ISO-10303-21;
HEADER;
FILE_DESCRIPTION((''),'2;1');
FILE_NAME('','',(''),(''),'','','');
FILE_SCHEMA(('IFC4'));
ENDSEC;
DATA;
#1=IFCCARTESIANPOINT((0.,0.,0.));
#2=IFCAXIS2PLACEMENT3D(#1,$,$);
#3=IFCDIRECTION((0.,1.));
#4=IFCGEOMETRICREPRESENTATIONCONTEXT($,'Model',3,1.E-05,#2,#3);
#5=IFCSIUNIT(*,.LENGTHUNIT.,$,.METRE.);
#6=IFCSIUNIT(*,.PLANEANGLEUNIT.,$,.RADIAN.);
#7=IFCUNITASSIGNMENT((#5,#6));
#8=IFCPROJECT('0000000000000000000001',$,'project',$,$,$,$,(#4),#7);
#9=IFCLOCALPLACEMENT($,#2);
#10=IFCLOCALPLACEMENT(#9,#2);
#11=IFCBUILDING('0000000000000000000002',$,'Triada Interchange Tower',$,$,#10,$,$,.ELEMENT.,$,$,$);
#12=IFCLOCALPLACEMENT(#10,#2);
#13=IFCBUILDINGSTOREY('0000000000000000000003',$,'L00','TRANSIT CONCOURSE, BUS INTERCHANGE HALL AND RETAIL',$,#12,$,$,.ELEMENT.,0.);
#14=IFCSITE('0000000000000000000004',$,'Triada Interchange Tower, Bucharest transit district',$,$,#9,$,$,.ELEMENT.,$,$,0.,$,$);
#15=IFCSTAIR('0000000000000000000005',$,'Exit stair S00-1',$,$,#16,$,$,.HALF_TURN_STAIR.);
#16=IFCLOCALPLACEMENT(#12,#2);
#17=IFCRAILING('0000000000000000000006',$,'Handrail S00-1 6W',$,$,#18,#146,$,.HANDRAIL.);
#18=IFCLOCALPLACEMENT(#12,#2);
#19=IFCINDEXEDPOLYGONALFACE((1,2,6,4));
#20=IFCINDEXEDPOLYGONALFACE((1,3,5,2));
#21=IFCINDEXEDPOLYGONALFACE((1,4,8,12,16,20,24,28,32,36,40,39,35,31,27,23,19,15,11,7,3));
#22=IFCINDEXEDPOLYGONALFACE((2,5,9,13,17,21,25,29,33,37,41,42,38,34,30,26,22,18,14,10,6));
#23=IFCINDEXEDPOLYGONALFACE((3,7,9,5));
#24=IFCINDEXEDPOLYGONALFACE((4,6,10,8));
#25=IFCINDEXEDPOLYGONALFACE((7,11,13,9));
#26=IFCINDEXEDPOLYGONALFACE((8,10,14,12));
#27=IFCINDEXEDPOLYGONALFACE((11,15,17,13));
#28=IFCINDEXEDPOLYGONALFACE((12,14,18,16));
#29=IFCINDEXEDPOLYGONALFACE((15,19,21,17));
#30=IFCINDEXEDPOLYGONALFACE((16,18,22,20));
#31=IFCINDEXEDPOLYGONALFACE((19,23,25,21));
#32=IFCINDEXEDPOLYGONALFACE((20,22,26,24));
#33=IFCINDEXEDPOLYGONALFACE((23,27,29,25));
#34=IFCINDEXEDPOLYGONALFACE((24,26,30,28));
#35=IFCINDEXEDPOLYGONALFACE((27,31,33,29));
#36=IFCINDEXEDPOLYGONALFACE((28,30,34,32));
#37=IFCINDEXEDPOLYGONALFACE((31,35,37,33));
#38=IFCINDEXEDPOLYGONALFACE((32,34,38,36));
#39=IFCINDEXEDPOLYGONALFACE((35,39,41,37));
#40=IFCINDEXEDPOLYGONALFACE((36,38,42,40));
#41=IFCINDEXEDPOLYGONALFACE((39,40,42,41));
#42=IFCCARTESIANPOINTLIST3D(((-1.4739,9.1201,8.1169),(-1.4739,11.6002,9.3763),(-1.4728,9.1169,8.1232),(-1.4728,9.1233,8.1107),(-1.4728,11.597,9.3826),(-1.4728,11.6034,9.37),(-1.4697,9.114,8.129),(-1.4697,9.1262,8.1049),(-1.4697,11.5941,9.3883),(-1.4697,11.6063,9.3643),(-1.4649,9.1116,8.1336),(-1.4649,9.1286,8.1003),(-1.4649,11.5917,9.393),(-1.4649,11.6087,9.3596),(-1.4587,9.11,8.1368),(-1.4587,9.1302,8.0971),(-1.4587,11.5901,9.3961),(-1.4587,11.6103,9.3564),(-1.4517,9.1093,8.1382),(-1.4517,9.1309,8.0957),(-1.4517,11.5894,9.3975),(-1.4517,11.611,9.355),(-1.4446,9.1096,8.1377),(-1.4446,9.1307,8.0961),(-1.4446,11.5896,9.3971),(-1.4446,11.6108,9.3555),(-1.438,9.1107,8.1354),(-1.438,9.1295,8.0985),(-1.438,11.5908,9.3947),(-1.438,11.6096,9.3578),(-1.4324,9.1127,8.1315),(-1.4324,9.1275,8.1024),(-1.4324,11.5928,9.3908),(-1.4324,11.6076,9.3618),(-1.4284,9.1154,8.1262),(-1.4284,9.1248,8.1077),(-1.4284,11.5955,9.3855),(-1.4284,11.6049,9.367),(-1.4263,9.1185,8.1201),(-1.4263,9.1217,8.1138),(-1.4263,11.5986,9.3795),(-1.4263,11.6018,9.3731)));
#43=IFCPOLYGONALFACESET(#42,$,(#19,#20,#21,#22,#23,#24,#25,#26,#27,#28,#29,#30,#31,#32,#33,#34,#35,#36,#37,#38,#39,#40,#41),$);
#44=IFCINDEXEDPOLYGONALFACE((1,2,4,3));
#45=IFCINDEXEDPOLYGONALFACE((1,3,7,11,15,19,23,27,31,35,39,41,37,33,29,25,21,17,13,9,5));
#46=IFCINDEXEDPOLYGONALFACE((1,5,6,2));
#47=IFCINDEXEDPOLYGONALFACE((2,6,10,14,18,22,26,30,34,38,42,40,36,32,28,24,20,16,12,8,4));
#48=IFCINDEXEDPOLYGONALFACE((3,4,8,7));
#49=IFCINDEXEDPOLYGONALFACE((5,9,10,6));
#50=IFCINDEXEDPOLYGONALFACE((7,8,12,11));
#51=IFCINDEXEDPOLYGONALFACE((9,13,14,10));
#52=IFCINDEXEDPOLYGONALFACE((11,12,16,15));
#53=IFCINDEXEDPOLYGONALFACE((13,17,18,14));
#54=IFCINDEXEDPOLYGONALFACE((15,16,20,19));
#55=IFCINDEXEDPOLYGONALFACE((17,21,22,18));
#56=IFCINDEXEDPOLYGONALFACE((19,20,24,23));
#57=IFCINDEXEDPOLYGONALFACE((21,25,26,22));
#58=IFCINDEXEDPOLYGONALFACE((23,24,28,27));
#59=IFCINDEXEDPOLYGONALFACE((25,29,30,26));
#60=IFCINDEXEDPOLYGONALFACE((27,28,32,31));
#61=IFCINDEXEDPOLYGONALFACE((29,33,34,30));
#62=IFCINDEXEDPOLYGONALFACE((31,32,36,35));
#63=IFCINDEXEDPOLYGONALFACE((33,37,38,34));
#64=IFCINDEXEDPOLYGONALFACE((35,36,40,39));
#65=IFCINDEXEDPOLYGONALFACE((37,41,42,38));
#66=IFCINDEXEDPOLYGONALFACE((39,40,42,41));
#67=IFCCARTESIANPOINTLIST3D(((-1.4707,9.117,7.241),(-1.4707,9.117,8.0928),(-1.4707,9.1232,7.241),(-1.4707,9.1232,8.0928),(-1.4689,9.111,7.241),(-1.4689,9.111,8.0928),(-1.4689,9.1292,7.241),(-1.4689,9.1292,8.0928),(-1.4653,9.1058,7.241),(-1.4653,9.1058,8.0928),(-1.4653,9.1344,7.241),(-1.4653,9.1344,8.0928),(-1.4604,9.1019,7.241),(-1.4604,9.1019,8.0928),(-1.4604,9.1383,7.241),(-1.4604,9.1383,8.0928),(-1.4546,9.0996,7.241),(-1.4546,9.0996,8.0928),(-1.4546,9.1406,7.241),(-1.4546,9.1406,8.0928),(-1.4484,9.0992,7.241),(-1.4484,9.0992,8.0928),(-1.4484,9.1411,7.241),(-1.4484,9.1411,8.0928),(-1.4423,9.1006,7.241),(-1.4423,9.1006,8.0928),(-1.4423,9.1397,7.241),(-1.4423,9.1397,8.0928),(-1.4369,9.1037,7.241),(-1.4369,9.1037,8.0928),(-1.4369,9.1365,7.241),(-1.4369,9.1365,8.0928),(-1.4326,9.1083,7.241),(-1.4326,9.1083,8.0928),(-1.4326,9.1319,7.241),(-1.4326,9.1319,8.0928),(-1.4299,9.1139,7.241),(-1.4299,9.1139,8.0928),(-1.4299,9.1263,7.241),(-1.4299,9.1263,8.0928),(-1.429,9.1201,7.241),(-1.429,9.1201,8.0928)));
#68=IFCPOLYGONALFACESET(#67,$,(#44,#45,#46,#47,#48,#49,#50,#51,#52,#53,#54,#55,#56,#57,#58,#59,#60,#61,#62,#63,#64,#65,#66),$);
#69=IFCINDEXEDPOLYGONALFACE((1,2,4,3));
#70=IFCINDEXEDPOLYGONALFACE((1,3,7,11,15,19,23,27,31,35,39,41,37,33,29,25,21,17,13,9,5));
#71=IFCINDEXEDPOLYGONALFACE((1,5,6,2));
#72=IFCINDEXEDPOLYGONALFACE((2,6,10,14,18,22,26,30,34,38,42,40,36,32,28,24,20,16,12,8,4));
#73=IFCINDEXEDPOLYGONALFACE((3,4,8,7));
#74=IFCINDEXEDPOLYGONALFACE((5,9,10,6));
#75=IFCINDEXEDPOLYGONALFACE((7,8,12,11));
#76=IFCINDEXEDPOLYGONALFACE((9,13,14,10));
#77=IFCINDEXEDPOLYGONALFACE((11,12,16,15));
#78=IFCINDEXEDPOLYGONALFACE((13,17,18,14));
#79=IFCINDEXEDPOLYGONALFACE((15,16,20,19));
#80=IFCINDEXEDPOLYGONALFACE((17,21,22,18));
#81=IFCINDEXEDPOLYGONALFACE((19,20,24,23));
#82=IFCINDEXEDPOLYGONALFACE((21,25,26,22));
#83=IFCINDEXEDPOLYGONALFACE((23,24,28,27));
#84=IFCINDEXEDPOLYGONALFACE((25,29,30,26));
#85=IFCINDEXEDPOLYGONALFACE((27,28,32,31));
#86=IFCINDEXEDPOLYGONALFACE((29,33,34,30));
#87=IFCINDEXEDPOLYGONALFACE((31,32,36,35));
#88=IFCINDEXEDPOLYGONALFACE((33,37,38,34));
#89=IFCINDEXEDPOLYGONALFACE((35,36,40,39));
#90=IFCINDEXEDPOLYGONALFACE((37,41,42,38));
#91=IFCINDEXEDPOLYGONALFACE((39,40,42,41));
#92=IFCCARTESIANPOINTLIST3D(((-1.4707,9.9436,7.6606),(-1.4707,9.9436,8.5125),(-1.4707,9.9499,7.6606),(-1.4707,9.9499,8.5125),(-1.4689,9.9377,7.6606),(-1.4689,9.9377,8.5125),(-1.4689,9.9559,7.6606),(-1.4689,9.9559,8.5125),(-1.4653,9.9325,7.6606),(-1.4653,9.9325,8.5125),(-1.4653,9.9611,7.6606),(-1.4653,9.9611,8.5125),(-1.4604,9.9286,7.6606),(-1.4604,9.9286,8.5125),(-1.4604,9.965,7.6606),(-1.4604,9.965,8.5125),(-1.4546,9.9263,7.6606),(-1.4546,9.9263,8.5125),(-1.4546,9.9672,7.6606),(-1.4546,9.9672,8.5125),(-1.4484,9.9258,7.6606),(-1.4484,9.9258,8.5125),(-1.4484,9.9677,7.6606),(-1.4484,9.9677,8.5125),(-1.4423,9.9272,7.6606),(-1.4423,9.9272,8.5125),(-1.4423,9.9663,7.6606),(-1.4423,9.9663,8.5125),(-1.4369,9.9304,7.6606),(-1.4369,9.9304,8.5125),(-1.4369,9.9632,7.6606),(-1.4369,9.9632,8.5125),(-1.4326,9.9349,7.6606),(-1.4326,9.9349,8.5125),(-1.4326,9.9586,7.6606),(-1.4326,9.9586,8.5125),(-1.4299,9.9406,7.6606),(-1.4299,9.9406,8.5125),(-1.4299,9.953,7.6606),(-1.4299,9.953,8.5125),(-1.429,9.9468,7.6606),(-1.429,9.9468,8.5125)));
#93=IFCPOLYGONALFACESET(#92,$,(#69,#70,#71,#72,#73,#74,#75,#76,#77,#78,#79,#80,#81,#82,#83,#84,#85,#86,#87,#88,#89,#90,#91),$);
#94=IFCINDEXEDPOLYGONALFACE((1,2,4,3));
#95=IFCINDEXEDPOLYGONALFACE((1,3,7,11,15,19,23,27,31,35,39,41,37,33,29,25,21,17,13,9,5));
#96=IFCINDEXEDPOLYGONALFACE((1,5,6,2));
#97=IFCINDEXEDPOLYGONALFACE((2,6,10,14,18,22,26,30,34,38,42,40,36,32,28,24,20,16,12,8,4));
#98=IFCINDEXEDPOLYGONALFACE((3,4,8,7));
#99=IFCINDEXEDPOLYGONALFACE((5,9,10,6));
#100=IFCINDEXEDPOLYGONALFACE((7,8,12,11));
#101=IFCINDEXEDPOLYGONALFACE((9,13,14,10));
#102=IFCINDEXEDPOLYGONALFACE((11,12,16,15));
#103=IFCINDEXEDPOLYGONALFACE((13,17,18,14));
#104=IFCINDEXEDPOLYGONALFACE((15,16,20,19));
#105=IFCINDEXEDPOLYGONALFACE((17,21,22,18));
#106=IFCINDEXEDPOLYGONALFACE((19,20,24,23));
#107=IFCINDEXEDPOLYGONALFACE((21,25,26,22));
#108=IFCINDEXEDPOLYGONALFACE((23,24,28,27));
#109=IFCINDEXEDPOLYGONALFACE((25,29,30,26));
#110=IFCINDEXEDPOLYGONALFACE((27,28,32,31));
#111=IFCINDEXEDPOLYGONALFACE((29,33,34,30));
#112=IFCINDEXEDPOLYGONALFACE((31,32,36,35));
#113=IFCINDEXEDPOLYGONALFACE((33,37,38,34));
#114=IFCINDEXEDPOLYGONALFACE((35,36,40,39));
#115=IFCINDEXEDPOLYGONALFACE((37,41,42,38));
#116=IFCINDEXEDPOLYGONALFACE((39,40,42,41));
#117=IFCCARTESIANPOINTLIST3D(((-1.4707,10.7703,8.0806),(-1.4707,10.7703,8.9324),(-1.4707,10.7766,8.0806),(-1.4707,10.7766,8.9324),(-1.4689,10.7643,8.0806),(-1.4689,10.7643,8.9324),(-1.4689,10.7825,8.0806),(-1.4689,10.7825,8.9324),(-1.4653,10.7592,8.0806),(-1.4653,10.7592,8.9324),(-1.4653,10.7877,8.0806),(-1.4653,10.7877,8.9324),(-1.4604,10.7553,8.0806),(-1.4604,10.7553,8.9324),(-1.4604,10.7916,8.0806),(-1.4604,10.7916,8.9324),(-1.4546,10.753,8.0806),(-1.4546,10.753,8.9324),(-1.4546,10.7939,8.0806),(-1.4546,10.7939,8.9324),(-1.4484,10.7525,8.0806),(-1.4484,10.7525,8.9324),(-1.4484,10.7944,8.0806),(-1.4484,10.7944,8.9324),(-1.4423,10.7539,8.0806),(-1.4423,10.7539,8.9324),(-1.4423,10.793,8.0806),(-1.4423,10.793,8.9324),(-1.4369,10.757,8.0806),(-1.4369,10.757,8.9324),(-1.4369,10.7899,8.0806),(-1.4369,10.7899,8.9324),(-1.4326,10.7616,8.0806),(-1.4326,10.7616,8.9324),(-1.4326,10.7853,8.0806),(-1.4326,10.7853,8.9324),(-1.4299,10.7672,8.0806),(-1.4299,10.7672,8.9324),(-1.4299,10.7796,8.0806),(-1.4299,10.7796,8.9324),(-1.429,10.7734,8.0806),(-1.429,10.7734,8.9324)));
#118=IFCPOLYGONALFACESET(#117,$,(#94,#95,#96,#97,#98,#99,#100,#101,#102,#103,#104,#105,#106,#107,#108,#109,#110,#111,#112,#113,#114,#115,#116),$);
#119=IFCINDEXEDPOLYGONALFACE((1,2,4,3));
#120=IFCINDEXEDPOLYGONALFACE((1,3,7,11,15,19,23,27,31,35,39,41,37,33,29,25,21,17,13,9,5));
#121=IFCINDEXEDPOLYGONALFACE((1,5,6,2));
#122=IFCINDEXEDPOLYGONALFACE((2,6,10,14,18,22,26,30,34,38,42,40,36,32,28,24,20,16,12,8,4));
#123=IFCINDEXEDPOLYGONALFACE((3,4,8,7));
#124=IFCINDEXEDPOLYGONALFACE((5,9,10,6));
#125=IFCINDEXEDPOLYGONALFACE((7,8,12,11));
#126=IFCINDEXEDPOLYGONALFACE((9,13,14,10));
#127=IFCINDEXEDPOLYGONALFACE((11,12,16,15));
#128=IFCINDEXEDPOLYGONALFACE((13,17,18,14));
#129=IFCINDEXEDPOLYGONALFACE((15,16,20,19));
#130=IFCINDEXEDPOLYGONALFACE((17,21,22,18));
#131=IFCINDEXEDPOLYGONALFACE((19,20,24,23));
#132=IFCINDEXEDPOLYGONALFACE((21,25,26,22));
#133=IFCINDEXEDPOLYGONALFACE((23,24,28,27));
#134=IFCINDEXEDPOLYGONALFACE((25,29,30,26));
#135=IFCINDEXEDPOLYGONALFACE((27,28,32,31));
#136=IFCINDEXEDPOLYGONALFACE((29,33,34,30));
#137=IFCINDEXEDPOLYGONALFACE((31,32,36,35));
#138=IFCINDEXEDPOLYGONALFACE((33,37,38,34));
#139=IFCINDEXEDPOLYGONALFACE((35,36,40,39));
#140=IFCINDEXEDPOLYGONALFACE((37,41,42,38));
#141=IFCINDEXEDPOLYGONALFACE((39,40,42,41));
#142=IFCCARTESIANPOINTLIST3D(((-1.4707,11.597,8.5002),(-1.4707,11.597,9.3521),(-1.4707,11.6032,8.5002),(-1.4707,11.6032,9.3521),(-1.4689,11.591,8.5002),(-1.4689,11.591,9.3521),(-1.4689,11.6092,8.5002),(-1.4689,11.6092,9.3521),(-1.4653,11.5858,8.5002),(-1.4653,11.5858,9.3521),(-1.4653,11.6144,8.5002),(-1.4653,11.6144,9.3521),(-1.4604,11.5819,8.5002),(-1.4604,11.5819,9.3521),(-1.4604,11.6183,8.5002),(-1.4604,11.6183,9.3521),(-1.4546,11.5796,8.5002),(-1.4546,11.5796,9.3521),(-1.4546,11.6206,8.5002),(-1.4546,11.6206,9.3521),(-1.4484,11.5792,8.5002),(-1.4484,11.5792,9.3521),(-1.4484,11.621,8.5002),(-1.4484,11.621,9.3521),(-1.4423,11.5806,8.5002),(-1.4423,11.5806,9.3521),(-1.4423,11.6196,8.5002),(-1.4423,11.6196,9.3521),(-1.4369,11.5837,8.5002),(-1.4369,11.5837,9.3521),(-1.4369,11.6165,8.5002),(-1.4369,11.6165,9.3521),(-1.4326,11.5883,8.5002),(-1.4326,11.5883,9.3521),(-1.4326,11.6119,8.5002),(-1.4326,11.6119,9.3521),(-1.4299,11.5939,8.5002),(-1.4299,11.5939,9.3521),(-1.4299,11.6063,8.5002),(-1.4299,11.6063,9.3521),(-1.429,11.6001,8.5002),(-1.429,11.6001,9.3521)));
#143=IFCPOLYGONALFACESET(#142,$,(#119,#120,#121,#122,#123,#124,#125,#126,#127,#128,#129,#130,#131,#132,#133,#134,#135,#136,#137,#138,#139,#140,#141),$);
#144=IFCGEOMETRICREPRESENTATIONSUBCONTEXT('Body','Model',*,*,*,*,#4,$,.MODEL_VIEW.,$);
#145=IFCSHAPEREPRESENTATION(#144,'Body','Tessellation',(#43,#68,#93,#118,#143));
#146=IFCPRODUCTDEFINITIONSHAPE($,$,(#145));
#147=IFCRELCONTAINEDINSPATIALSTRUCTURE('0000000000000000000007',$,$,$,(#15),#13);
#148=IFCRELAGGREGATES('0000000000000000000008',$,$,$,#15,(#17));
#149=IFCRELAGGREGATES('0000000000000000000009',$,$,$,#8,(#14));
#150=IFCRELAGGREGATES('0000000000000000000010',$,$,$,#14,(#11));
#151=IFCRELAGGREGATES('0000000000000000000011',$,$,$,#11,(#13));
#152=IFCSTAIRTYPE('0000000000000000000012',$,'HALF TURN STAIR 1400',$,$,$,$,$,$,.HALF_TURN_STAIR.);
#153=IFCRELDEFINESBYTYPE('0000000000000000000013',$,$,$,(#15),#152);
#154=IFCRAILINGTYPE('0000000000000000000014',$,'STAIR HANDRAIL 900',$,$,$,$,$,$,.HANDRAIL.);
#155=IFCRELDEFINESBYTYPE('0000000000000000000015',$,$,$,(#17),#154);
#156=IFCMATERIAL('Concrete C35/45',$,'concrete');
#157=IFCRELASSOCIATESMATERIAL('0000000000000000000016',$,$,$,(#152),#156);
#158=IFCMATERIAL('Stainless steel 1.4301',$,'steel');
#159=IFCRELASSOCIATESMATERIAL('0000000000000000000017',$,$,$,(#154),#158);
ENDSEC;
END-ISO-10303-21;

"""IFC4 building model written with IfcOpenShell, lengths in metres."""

from ifc_helpers import new_model, si_unit, direction, frame, origin, origin_2d, place, context, subcontext, project, spatial, circle, extrude, material, type_object, element, aggregate, save


model = new_model("IFC4")

# Units and contexts
model_context = context("Model", 3, precision=1e-05, world=origin(), true_north=direction((0.0, 1.0)))
body_context = subcontext(model_context, "Body", "Model", "MODEL_VIEW")
ifc_project = project(units=[si_unit("LENGTHUNIT", "METRE"), si_unit("PLANEANGLEUNIT", "RADIAN")], contexts=[model_context])

# Site, building, storey
site_placement = place(None, origin())
site = spatial("IfcSite", under=ifc_project, at=site_placement, Name="Triada Interchange Tower, Bucharest transit district", CompositionType="ELEMENT", RefElevation=0.0)
building_placement = place(site_placement, origin())
building = spatial("IfcBuilding", under=site, at=building_placement, Name="Triada Interchange Tower", CompositionType="ELEMENT")
storey_placement = place(building_placement, origin())
storey = spatial("IfcBuildingStorey", under=building, at=storey_placement, Name="L00", Description="TRANSIT CONCOURSE, BUS INTERCHANGE HALL AND RETAIL", CompositionType="ELEMENT", Elevation=0.0)

# Stair
ifc_material_1 = material(Name="Concrete C35/45", Category="concrete")
stair_type = type_object("IfcStairType", Name="HALF TURN STAIR 1400", PredefinedType="HALF_TURN_STAIR", material=ifc_material_1)
stair_placement = place(storey_placement, origin())
stair = element("IfcStair", 1, at=stair_placement, inside=storey, type_object=stair_type, Name="Exit stair S00-1", PredefinedType="HALF_TURN_STAIR")

# Railing
ifc_material_2 = material(Name="Stainless steel 1.4301", Category="steel")
railing_type = type_object("IfcRailingType", Name="STAIR HANDRAIL 900", PredefinedType="HANDRAIL", material=ifc_material_2)
railing_1_placement = place(storey_placement, frame((-1.45, 9.1201, 7.241)))
railing_1 = element("IfcRailing", 2, at=railing_1_placement, type_object=railing_type, Name="Handrail S00-1 6W", PredefinedType="HANDRAIL", context=body_context, shape_type="SweptSolid", body=[
    extrude(circle(Radius=0.0239, at=origin_2d()), frame((0.0, 0.0, 0.876), z_axis=(0.0, 0.891636, 0.452752), x_axis=(-1.0, 0.0, 0.0)), (0.0, 0.0, 1.0), 2.7815),
    extrude(circle(Radius=0.021, at=origin_2d()), origin(), (0.0, 0.0, 1.0), 0.8518),
    extrude(circle(Radius=0.021, at=origin_2d()), frame((0.0, 0.8267, 0.4197)), (0.0, 0.0, 1.0), 0.8518),
    extrude(circle(Radius=0.021, at=origin_2d()), frame((0.0, 1.6533, 0.8396)), (0.0, 0.0, 1.0), 0.8518),
    extrude(circle(Radius=0.021, at=origin_2d()), frame((0.0, 2.48, 1.2593)), (0.0, 0.0, 1.0), 0.8518),
])
aggregate(stair, [railing_1])

save(model, "model.ifc")
